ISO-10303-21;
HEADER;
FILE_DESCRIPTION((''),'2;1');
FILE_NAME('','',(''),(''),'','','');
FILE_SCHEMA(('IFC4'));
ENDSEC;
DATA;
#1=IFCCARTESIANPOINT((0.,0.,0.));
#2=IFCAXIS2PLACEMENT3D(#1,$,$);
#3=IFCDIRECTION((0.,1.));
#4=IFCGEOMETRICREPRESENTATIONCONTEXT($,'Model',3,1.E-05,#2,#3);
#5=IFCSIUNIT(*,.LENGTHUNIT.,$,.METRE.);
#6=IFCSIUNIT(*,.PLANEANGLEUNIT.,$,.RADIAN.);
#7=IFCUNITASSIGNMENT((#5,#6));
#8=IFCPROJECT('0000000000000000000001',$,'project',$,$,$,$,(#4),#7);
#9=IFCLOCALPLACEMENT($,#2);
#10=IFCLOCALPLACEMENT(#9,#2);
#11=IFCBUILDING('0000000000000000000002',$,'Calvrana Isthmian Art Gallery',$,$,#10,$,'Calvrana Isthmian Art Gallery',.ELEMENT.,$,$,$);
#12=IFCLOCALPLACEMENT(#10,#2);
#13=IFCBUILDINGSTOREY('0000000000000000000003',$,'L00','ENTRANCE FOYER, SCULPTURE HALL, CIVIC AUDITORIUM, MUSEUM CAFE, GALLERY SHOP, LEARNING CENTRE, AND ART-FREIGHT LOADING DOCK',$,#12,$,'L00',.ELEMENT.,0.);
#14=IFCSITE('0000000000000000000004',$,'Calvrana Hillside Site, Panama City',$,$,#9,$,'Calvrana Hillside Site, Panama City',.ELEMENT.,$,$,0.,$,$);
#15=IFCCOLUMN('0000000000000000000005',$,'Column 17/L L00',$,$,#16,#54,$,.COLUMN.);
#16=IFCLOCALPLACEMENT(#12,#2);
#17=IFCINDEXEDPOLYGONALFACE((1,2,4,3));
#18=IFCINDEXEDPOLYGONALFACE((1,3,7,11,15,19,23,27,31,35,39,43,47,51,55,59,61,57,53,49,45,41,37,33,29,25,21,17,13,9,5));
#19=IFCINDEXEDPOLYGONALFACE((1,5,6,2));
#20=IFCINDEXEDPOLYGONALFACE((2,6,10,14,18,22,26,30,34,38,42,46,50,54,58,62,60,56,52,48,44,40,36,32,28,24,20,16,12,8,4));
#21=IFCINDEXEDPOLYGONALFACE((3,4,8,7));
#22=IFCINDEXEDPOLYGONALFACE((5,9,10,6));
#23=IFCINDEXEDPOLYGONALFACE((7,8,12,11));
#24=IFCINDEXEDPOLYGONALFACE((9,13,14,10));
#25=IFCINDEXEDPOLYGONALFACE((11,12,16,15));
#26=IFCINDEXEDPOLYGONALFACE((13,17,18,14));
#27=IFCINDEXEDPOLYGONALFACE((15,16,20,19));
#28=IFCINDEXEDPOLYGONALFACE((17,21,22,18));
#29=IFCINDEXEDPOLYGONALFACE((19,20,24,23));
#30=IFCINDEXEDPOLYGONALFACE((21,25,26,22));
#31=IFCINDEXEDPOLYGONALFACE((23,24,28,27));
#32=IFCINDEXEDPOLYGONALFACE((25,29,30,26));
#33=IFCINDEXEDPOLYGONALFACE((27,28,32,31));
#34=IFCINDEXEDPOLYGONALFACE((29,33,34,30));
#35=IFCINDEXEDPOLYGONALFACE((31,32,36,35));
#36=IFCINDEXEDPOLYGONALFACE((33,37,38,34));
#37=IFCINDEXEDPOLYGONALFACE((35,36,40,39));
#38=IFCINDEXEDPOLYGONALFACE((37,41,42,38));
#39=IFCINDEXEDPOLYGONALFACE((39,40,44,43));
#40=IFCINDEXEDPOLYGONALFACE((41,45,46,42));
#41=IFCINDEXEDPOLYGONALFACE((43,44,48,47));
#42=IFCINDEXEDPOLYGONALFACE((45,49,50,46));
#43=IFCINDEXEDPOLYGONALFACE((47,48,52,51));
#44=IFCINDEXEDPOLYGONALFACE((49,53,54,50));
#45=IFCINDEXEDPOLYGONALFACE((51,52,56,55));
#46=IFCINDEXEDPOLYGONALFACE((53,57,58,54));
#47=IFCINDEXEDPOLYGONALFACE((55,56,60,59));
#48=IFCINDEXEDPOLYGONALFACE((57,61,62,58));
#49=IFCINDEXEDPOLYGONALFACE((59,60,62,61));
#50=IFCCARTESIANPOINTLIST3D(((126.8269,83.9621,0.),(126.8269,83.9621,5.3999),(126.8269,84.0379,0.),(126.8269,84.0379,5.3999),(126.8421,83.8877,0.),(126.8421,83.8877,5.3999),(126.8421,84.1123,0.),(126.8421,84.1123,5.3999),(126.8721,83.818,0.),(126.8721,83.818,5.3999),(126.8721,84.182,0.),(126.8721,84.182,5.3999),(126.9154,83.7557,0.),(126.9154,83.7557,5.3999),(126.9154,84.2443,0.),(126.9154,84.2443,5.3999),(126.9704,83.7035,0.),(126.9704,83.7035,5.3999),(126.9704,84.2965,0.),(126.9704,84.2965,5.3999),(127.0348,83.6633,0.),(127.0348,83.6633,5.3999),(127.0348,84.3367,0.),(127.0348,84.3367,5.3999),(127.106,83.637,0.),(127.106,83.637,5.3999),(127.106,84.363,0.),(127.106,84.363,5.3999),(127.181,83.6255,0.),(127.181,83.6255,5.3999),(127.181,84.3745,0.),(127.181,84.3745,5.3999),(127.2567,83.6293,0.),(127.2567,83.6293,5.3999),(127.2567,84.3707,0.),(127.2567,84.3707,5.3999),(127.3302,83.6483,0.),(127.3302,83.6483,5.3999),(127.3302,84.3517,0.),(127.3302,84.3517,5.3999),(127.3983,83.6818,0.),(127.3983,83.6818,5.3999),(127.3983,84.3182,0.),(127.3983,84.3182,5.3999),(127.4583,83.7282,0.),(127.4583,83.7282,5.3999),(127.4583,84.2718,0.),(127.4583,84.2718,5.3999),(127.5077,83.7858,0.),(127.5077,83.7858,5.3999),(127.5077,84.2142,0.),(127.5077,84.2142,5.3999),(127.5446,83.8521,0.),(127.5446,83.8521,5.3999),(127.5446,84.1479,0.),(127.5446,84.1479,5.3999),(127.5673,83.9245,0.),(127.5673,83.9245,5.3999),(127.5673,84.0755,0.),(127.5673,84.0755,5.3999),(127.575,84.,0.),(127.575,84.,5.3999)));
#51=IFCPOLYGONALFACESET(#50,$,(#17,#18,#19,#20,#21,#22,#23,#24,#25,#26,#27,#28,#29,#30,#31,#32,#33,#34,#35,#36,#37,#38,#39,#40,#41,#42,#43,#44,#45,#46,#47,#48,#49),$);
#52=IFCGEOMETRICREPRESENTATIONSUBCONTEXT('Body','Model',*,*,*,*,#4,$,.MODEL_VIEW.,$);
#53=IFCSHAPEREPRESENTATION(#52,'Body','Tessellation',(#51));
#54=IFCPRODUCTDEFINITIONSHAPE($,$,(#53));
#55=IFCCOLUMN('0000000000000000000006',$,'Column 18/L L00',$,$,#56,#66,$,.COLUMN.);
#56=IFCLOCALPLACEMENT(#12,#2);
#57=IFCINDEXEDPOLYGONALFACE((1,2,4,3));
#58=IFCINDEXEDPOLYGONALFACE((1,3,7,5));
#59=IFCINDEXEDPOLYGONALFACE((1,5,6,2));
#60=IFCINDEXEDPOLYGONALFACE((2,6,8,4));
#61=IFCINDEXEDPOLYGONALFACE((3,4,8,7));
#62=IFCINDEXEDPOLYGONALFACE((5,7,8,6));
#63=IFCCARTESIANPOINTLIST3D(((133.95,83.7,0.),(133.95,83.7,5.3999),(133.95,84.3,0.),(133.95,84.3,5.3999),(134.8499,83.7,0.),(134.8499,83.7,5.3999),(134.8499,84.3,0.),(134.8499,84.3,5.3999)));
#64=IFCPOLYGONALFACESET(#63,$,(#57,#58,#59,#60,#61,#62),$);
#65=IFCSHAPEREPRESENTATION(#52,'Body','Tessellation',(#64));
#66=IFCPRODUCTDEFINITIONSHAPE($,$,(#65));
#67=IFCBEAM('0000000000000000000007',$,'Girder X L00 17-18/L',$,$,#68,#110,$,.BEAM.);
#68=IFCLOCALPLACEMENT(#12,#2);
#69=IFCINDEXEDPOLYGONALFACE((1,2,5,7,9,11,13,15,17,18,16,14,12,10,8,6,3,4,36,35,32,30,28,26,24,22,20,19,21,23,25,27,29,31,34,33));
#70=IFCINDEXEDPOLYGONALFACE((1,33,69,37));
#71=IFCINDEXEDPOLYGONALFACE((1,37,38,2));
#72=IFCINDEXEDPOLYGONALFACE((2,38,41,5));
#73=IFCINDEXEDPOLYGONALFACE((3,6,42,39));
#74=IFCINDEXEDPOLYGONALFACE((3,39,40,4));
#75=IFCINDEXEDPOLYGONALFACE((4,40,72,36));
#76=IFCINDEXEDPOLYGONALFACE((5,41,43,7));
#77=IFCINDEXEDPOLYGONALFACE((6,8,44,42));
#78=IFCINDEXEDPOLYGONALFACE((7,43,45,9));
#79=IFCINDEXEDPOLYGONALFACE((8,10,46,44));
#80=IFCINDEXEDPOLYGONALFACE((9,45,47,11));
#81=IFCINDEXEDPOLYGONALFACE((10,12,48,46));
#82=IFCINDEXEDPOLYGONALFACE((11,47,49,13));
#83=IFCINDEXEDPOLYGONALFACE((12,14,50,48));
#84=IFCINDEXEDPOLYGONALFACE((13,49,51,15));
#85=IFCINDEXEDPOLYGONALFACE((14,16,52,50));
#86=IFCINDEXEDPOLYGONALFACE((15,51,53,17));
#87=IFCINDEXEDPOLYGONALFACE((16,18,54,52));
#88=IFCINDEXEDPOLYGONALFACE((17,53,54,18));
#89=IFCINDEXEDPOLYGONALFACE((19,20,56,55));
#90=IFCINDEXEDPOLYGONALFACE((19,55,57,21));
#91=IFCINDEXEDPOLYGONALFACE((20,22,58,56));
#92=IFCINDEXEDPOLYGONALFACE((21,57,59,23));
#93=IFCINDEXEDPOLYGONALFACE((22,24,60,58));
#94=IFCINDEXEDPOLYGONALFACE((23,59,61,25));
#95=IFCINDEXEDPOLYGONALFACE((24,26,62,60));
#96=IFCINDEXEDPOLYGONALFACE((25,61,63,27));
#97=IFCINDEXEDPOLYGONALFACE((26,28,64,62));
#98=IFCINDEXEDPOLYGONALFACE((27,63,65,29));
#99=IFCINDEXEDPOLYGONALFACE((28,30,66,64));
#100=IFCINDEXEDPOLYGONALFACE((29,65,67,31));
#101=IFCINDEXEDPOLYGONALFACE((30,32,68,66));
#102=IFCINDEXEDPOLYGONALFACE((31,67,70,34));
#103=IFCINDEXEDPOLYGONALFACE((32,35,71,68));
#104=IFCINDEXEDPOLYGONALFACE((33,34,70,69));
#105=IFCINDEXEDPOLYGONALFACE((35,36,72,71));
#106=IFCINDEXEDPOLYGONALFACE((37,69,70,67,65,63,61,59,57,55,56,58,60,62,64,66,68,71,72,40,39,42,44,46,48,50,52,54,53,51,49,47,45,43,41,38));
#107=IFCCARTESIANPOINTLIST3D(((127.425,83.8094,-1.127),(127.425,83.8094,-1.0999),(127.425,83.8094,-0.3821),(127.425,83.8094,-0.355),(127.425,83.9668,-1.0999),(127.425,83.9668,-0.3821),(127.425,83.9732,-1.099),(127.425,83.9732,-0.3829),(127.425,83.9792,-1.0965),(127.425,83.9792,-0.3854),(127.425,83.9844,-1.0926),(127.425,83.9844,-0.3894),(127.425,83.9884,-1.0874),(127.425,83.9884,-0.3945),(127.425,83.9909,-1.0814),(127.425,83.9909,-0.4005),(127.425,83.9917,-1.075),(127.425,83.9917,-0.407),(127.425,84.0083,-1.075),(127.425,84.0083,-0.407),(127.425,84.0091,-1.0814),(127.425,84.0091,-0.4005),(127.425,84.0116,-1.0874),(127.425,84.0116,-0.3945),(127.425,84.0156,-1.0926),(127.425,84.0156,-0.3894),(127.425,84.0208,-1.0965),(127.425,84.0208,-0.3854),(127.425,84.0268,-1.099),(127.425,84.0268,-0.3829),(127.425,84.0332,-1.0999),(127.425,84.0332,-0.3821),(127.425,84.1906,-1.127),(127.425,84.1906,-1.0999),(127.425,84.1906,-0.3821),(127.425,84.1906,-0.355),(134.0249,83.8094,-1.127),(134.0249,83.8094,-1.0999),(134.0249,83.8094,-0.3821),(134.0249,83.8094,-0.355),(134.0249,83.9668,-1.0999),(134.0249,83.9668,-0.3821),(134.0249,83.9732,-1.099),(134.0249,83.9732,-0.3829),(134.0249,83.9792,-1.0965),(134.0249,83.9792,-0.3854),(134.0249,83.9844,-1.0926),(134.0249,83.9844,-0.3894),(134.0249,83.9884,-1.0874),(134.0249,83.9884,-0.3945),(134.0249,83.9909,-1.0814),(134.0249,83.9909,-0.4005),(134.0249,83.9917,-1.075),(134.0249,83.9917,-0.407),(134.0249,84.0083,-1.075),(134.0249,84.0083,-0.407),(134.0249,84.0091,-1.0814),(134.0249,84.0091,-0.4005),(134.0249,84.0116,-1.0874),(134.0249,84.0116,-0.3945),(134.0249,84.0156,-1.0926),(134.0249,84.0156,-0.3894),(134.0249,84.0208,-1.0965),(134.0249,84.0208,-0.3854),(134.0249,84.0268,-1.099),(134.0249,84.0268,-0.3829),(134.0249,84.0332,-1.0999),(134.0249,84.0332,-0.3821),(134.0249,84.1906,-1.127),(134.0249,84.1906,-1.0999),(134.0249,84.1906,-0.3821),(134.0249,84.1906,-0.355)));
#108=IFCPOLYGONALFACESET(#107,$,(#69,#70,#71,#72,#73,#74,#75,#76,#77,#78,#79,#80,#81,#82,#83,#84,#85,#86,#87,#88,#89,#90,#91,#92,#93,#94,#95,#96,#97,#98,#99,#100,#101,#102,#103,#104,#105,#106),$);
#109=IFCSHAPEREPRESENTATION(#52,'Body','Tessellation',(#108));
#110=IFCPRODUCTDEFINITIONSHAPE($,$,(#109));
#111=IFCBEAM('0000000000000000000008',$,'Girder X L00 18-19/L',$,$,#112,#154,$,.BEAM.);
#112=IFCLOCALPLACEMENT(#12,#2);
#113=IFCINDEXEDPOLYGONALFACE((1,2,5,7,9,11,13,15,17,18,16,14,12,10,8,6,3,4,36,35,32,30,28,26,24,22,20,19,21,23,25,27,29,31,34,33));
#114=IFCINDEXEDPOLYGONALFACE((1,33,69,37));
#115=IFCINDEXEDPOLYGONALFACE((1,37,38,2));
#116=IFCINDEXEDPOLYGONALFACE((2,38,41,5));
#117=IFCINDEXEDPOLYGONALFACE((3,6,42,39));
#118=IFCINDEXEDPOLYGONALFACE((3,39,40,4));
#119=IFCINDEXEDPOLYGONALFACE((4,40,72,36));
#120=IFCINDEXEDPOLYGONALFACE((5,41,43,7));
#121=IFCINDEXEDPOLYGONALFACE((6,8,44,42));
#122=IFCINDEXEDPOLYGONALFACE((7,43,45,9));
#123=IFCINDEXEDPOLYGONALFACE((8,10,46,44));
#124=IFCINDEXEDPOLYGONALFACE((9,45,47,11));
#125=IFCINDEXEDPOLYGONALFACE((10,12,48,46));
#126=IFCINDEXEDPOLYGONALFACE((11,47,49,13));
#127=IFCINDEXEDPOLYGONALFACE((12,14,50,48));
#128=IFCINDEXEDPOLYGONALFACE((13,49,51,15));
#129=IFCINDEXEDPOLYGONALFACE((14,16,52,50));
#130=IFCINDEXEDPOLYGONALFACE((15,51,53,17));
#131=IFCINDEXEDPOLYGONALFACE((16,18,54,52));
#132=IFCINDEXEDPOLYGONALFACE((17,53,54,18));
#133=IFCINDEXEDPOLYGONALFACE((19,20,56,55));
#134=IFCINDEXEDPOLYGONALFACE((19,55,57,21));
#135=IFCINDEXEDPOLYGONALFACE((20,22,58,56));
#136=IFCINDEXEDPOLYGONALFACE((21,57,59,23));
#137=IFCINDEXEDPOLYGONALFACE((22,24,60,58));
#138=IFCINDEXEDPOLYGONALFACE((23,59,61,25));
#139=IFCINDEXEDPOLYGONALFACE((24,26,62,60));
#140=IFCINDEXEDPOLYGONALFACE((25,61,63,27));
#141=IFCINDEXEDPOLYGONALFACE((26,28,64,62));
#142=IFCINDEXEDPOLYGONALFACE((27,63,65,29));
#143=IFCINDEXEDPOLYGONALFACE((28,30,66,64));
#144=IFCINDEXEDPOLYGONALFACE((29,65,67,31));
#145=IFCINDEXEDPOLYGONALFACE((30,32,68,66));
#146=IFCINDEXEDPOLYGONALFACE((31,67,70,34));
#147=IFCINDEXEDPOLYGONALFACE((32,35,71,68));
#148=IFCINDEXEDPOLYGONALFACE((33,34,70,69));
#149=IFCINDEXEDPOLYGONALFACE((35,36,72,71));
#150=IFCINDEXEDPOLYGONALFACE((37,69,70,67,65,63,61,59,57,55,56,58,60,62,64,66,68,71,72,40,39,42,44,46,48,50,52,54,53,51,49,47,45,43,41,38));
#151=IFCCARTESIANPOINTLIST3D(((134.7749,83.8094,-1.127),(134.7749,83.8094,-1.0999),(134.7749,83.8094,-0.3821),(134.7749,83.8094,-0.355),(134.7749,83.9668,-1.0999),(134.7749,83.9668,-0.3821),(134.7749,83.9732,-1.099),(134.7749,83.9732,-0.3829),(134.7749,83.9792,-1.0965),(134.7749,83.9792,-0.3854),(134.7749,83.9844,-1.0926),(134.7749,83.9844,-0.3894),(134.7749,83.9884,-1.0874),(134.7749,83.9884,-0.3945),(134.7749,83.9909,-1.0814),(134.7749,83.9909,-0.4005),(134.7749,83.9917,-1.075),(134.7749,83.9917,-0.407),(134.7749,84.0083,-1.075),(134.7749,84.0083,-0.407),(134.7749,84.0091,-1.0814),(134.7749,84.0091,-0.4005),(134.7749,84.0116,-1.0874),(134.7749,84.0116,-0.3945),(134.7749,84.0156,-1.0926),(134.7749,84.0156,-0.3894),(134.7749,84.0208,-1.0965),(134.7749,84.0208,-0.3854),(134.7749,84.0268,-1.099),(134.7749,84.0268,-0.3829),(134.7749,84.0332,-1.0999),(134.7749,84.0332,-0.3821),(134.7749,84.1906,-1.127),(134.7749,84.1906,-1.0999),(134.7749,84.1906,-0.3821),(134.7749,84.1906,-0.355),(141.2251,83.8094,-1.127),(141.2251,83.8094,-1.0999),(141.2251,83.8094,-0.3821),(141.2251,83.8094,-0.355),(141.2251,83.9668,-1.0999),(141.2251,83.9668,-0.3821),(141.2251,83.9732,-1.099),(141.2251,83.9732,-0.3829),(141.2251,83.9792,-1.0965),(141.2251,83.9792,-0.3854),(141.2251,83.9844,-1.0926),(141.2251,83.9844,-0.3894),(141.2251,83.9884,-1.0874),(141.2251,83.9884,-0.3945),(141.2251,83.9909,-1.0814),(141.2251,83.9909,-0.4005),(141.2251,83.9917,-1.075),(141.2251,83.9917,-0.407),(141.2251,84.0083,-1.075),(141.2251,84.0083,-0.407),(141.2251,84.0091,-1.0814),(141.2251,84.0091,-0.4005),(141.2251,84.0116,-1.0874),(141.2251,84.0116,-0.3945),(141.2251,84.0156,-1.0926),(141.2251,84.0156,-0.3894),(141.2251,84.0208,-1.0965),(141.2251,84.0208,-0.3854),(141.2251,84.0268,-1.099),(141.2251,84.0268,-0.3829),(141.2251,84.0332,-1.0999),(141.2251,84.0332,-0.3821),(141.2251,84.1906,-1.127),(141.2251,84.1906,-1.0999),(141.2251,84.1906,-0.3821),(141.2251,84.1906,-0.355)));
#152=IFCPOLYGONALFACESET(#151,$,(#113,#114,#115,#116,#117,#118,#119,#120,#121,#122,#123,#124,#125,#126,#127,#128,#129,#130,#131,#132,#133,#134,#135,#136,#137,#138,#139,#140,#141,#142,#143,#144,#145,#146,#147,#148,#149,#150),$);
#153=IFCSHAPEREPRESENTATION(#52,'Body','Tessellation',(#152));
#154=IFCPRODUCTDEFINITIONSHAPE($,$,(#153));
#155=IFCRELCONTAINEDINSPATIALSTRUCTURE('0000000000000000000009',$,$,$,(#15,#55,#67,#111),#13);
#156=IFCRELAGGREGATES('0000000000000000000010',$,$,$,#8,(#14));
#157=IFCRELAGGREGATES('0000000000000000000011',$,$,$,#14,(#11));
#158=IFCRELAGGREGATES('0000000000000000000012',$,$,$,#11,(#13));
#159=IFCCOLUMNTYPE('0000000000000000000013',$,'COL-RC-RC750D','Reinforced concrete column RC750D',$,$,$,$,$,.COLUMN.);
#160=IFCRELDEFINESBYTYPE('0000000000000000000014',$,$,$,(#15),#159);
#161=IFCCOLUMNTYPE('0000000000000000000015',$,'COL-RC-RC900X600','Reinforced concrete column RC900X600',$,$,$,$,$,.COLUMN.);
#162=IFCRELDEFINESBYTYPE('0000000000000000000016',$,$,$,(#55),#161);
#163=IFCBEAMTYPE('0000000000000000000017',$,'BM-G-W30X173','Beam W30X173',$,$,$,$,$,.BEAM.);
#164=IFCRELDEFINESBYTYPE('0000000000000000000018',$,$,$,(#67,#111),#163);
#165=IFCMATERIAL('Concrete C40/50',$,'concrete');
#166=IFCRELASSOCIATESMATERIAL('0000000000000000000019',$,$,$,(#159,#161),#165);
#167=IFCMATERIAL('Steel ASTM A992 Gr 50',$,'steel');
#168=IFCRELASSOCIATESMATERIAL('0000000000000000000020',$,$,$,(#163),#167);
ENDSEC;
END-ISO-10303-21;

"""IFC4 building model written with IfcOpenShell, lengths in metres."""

from ifc_helpers import new_model, si_unit, direction, frame, origin, origin_2d, place, context, subcontext, project, spatial, rectangle, circle, i_section, extrude, material, material_profile, profile_set, type_object, element, save


model = new_model("IFC4")

# Units and contexts
model_context = context("Model", 3, precision=1e-05, world=origin(), true_north=direction((0.0, 1.0)))
body_context = subcontext(model_context, "Body", "Model", "MODEL_VIEW")
ifc_project = project(units=[si_unit("LENGTHUNIT", "METRE"), si_unit("PLANEANGLEUNIT", "RADIAN")], contexts=[model_context])

# Site, building, storey
site_placement = place(None, origin())
site = spatial("IfcSite", under=ifc_project, at=site_placement, Name="Calvrana Hillside Site, Panama City", LongName="Calvrana Hillside Site, Panama City", CompositionType="ELEMENT", RefElevation=0.0)
building_placement = place(site_placement, origin())
building = spatial("IfcBuilding", under=site, at=building_placement, Name="Calvrana Isthmian Art Gallery", LongName="Calvrana Isthmian Art Gallery", CompositionType="ELEMENT")
storey_placement = place(building_placement, origin())
storey = spatial("IfcBuildingStorey", under=building, at=storey_placement, Name="L00", Description="ENTRANCE FOYER, SCULPTURE HALL, CIVIC AUDITORIUM, MUSEUM CAFE, GALLERY SHOP, LEARNING CENTRE, AND ART-FREIGHT LOADING DOCK", LongName="L00", CompositionType="ELEMENT", Elevation=0.0)

# Columns
ifc_material_1 = material(Name="Concrete C40/50", Category="concrete")
ifc_material_profile_1 = material_profile(ifc_material_1, circle(Radius=0.375, at=origin_2d()), Name="RC750D")
ifc_profile_set_1 = profile_set([ifc_material_profile_1], Name="Concrete C40/50")
column_type_1 = type_object("IfcColumnType", Name="COL-RC-RC750D", Description="Reinforced concrete column RC750D", PredefinedType="COLUMN", material=ifc_profile_set_1)
column_1_placement = place(storey_placement, frame((127.2, 84.0, 0.0), z_axis=(0.0, 0.0, 1.0), x_axis=(1.0, 0.0, 0.0)))
element("IfcColumn", 1, at=column_1_placement, inside=storey, type_object=column_type_1, Name="Column 17/L L00", PredefinedType="COLUMN", context=body_context, shape_type="SweptSolid", body=[
    extrude(circle(Radius=0.375, at=origin_2d()), origin(), (0.0, 0.0, 1.0), 5.3999),
])
ifc_material_profile_2 = material_profile(ifc_material_1, rectangle(XDim=0.8999, YDim=0.6001, at=origin_2d()), Name="RC900X600")
ifc_profile_set_2 = profile_set([ifc_material_profile_2], Name="Concrete C40/50")
column_type_2 = type_object("IfcColumnType", Name="COL-RC-RC900X600", Description="Reinforced concrete column RC900X600", PredefinedType="COLUMN", material=ifc_profile_set_2)
column_2_placement = place(storey_placement, frame((134.3999, 84.0, 0.0), z_axis=(0.0, 0.0, 1.0), x_axis=(1.0, 0.0, 0.0)))
element("IfcColumn", 2, at=column_2_placement, inside=storey, type_object=column_type_2, Name="Column 18/L L00", PredefinedType="COLUMN", context=body_context, shape_type="SweptSolid", body=[
    extrude(rectangle(XDim=0.8999, YDim=0.6001, at=origin_2d()), origin(), (0.0, 0.0, 1.0), 5.3999),
])

# Beams
ifc_material_2 = material(Name="Steel ASTM A992 Gr 50", Category="steel")
ifc_material_profile_3 = material_profile(ifc_material_2, i_section(OverallWidth=0.3811, OverallDepth=0.772, WebThickness=0.0166, FlangeThickness=0.0271, FilletRadius=0.0249, at=origin_2d()), Name="W30X173")
ifc_profile_set_3 = profile_set([ifc_material_profile_3], Name="Steel ASTM A992 Gr 50")
beam_type_1 = type_object("IfcBeamType", Name="BM-G-W30X173", Description="Beam W30X173", PredefinedType="BEAM", material=ifc_profile_set_3)
beam_1_placement = place(storey_placement, frame((127.425, 84.0, -0.741), z_axis=(1.0, 0.0, 0.0), x_axis=(0.0, 1.0, 0.0)))
element("IfcBeam", 3, at=beam_1_placement, inside=storey, type_object=beam_type_1, Name="Girder X L00 17-18/L", PredefinedType="BEAM", context=body_context, shape_type="SweptSolid", body=[
    extrude(i_section(OverallWidth=0.3811, OverallDepth=0.772, WebThickness=0.0166, FlangeThickness=0.0271, FilletRadius=0.0249, at=origin_2d()), origin(), (0.0, 0.0, 1.0), 6.5999),
])
beam_2_placement = place(storey_placement, frame((134.7749, 84.0, -0.741), z_axis=(1.0, 0.0, 0.0), x_axis=(0.0, 1.0, 0.0)))
element("IfcBeam", 4, at=beam_2_placement, inside=storey, type_object=beam_type_1, Name="Girder X L00 18-19/L", PredefinedType="BEAM", context=body_context, shape_type="SweptSolid", body=[
    extrude(i_section(OverallWidth=0.3811, OverallDepth=0.772, WebThickness=0.0166, FlangeThickness=0.0271, FilletRadius=0.0249, at=origin_2d()), origin(), (0.0, 0.0, 1.0), 6.4502),
])

save(model, "model.ifc")
